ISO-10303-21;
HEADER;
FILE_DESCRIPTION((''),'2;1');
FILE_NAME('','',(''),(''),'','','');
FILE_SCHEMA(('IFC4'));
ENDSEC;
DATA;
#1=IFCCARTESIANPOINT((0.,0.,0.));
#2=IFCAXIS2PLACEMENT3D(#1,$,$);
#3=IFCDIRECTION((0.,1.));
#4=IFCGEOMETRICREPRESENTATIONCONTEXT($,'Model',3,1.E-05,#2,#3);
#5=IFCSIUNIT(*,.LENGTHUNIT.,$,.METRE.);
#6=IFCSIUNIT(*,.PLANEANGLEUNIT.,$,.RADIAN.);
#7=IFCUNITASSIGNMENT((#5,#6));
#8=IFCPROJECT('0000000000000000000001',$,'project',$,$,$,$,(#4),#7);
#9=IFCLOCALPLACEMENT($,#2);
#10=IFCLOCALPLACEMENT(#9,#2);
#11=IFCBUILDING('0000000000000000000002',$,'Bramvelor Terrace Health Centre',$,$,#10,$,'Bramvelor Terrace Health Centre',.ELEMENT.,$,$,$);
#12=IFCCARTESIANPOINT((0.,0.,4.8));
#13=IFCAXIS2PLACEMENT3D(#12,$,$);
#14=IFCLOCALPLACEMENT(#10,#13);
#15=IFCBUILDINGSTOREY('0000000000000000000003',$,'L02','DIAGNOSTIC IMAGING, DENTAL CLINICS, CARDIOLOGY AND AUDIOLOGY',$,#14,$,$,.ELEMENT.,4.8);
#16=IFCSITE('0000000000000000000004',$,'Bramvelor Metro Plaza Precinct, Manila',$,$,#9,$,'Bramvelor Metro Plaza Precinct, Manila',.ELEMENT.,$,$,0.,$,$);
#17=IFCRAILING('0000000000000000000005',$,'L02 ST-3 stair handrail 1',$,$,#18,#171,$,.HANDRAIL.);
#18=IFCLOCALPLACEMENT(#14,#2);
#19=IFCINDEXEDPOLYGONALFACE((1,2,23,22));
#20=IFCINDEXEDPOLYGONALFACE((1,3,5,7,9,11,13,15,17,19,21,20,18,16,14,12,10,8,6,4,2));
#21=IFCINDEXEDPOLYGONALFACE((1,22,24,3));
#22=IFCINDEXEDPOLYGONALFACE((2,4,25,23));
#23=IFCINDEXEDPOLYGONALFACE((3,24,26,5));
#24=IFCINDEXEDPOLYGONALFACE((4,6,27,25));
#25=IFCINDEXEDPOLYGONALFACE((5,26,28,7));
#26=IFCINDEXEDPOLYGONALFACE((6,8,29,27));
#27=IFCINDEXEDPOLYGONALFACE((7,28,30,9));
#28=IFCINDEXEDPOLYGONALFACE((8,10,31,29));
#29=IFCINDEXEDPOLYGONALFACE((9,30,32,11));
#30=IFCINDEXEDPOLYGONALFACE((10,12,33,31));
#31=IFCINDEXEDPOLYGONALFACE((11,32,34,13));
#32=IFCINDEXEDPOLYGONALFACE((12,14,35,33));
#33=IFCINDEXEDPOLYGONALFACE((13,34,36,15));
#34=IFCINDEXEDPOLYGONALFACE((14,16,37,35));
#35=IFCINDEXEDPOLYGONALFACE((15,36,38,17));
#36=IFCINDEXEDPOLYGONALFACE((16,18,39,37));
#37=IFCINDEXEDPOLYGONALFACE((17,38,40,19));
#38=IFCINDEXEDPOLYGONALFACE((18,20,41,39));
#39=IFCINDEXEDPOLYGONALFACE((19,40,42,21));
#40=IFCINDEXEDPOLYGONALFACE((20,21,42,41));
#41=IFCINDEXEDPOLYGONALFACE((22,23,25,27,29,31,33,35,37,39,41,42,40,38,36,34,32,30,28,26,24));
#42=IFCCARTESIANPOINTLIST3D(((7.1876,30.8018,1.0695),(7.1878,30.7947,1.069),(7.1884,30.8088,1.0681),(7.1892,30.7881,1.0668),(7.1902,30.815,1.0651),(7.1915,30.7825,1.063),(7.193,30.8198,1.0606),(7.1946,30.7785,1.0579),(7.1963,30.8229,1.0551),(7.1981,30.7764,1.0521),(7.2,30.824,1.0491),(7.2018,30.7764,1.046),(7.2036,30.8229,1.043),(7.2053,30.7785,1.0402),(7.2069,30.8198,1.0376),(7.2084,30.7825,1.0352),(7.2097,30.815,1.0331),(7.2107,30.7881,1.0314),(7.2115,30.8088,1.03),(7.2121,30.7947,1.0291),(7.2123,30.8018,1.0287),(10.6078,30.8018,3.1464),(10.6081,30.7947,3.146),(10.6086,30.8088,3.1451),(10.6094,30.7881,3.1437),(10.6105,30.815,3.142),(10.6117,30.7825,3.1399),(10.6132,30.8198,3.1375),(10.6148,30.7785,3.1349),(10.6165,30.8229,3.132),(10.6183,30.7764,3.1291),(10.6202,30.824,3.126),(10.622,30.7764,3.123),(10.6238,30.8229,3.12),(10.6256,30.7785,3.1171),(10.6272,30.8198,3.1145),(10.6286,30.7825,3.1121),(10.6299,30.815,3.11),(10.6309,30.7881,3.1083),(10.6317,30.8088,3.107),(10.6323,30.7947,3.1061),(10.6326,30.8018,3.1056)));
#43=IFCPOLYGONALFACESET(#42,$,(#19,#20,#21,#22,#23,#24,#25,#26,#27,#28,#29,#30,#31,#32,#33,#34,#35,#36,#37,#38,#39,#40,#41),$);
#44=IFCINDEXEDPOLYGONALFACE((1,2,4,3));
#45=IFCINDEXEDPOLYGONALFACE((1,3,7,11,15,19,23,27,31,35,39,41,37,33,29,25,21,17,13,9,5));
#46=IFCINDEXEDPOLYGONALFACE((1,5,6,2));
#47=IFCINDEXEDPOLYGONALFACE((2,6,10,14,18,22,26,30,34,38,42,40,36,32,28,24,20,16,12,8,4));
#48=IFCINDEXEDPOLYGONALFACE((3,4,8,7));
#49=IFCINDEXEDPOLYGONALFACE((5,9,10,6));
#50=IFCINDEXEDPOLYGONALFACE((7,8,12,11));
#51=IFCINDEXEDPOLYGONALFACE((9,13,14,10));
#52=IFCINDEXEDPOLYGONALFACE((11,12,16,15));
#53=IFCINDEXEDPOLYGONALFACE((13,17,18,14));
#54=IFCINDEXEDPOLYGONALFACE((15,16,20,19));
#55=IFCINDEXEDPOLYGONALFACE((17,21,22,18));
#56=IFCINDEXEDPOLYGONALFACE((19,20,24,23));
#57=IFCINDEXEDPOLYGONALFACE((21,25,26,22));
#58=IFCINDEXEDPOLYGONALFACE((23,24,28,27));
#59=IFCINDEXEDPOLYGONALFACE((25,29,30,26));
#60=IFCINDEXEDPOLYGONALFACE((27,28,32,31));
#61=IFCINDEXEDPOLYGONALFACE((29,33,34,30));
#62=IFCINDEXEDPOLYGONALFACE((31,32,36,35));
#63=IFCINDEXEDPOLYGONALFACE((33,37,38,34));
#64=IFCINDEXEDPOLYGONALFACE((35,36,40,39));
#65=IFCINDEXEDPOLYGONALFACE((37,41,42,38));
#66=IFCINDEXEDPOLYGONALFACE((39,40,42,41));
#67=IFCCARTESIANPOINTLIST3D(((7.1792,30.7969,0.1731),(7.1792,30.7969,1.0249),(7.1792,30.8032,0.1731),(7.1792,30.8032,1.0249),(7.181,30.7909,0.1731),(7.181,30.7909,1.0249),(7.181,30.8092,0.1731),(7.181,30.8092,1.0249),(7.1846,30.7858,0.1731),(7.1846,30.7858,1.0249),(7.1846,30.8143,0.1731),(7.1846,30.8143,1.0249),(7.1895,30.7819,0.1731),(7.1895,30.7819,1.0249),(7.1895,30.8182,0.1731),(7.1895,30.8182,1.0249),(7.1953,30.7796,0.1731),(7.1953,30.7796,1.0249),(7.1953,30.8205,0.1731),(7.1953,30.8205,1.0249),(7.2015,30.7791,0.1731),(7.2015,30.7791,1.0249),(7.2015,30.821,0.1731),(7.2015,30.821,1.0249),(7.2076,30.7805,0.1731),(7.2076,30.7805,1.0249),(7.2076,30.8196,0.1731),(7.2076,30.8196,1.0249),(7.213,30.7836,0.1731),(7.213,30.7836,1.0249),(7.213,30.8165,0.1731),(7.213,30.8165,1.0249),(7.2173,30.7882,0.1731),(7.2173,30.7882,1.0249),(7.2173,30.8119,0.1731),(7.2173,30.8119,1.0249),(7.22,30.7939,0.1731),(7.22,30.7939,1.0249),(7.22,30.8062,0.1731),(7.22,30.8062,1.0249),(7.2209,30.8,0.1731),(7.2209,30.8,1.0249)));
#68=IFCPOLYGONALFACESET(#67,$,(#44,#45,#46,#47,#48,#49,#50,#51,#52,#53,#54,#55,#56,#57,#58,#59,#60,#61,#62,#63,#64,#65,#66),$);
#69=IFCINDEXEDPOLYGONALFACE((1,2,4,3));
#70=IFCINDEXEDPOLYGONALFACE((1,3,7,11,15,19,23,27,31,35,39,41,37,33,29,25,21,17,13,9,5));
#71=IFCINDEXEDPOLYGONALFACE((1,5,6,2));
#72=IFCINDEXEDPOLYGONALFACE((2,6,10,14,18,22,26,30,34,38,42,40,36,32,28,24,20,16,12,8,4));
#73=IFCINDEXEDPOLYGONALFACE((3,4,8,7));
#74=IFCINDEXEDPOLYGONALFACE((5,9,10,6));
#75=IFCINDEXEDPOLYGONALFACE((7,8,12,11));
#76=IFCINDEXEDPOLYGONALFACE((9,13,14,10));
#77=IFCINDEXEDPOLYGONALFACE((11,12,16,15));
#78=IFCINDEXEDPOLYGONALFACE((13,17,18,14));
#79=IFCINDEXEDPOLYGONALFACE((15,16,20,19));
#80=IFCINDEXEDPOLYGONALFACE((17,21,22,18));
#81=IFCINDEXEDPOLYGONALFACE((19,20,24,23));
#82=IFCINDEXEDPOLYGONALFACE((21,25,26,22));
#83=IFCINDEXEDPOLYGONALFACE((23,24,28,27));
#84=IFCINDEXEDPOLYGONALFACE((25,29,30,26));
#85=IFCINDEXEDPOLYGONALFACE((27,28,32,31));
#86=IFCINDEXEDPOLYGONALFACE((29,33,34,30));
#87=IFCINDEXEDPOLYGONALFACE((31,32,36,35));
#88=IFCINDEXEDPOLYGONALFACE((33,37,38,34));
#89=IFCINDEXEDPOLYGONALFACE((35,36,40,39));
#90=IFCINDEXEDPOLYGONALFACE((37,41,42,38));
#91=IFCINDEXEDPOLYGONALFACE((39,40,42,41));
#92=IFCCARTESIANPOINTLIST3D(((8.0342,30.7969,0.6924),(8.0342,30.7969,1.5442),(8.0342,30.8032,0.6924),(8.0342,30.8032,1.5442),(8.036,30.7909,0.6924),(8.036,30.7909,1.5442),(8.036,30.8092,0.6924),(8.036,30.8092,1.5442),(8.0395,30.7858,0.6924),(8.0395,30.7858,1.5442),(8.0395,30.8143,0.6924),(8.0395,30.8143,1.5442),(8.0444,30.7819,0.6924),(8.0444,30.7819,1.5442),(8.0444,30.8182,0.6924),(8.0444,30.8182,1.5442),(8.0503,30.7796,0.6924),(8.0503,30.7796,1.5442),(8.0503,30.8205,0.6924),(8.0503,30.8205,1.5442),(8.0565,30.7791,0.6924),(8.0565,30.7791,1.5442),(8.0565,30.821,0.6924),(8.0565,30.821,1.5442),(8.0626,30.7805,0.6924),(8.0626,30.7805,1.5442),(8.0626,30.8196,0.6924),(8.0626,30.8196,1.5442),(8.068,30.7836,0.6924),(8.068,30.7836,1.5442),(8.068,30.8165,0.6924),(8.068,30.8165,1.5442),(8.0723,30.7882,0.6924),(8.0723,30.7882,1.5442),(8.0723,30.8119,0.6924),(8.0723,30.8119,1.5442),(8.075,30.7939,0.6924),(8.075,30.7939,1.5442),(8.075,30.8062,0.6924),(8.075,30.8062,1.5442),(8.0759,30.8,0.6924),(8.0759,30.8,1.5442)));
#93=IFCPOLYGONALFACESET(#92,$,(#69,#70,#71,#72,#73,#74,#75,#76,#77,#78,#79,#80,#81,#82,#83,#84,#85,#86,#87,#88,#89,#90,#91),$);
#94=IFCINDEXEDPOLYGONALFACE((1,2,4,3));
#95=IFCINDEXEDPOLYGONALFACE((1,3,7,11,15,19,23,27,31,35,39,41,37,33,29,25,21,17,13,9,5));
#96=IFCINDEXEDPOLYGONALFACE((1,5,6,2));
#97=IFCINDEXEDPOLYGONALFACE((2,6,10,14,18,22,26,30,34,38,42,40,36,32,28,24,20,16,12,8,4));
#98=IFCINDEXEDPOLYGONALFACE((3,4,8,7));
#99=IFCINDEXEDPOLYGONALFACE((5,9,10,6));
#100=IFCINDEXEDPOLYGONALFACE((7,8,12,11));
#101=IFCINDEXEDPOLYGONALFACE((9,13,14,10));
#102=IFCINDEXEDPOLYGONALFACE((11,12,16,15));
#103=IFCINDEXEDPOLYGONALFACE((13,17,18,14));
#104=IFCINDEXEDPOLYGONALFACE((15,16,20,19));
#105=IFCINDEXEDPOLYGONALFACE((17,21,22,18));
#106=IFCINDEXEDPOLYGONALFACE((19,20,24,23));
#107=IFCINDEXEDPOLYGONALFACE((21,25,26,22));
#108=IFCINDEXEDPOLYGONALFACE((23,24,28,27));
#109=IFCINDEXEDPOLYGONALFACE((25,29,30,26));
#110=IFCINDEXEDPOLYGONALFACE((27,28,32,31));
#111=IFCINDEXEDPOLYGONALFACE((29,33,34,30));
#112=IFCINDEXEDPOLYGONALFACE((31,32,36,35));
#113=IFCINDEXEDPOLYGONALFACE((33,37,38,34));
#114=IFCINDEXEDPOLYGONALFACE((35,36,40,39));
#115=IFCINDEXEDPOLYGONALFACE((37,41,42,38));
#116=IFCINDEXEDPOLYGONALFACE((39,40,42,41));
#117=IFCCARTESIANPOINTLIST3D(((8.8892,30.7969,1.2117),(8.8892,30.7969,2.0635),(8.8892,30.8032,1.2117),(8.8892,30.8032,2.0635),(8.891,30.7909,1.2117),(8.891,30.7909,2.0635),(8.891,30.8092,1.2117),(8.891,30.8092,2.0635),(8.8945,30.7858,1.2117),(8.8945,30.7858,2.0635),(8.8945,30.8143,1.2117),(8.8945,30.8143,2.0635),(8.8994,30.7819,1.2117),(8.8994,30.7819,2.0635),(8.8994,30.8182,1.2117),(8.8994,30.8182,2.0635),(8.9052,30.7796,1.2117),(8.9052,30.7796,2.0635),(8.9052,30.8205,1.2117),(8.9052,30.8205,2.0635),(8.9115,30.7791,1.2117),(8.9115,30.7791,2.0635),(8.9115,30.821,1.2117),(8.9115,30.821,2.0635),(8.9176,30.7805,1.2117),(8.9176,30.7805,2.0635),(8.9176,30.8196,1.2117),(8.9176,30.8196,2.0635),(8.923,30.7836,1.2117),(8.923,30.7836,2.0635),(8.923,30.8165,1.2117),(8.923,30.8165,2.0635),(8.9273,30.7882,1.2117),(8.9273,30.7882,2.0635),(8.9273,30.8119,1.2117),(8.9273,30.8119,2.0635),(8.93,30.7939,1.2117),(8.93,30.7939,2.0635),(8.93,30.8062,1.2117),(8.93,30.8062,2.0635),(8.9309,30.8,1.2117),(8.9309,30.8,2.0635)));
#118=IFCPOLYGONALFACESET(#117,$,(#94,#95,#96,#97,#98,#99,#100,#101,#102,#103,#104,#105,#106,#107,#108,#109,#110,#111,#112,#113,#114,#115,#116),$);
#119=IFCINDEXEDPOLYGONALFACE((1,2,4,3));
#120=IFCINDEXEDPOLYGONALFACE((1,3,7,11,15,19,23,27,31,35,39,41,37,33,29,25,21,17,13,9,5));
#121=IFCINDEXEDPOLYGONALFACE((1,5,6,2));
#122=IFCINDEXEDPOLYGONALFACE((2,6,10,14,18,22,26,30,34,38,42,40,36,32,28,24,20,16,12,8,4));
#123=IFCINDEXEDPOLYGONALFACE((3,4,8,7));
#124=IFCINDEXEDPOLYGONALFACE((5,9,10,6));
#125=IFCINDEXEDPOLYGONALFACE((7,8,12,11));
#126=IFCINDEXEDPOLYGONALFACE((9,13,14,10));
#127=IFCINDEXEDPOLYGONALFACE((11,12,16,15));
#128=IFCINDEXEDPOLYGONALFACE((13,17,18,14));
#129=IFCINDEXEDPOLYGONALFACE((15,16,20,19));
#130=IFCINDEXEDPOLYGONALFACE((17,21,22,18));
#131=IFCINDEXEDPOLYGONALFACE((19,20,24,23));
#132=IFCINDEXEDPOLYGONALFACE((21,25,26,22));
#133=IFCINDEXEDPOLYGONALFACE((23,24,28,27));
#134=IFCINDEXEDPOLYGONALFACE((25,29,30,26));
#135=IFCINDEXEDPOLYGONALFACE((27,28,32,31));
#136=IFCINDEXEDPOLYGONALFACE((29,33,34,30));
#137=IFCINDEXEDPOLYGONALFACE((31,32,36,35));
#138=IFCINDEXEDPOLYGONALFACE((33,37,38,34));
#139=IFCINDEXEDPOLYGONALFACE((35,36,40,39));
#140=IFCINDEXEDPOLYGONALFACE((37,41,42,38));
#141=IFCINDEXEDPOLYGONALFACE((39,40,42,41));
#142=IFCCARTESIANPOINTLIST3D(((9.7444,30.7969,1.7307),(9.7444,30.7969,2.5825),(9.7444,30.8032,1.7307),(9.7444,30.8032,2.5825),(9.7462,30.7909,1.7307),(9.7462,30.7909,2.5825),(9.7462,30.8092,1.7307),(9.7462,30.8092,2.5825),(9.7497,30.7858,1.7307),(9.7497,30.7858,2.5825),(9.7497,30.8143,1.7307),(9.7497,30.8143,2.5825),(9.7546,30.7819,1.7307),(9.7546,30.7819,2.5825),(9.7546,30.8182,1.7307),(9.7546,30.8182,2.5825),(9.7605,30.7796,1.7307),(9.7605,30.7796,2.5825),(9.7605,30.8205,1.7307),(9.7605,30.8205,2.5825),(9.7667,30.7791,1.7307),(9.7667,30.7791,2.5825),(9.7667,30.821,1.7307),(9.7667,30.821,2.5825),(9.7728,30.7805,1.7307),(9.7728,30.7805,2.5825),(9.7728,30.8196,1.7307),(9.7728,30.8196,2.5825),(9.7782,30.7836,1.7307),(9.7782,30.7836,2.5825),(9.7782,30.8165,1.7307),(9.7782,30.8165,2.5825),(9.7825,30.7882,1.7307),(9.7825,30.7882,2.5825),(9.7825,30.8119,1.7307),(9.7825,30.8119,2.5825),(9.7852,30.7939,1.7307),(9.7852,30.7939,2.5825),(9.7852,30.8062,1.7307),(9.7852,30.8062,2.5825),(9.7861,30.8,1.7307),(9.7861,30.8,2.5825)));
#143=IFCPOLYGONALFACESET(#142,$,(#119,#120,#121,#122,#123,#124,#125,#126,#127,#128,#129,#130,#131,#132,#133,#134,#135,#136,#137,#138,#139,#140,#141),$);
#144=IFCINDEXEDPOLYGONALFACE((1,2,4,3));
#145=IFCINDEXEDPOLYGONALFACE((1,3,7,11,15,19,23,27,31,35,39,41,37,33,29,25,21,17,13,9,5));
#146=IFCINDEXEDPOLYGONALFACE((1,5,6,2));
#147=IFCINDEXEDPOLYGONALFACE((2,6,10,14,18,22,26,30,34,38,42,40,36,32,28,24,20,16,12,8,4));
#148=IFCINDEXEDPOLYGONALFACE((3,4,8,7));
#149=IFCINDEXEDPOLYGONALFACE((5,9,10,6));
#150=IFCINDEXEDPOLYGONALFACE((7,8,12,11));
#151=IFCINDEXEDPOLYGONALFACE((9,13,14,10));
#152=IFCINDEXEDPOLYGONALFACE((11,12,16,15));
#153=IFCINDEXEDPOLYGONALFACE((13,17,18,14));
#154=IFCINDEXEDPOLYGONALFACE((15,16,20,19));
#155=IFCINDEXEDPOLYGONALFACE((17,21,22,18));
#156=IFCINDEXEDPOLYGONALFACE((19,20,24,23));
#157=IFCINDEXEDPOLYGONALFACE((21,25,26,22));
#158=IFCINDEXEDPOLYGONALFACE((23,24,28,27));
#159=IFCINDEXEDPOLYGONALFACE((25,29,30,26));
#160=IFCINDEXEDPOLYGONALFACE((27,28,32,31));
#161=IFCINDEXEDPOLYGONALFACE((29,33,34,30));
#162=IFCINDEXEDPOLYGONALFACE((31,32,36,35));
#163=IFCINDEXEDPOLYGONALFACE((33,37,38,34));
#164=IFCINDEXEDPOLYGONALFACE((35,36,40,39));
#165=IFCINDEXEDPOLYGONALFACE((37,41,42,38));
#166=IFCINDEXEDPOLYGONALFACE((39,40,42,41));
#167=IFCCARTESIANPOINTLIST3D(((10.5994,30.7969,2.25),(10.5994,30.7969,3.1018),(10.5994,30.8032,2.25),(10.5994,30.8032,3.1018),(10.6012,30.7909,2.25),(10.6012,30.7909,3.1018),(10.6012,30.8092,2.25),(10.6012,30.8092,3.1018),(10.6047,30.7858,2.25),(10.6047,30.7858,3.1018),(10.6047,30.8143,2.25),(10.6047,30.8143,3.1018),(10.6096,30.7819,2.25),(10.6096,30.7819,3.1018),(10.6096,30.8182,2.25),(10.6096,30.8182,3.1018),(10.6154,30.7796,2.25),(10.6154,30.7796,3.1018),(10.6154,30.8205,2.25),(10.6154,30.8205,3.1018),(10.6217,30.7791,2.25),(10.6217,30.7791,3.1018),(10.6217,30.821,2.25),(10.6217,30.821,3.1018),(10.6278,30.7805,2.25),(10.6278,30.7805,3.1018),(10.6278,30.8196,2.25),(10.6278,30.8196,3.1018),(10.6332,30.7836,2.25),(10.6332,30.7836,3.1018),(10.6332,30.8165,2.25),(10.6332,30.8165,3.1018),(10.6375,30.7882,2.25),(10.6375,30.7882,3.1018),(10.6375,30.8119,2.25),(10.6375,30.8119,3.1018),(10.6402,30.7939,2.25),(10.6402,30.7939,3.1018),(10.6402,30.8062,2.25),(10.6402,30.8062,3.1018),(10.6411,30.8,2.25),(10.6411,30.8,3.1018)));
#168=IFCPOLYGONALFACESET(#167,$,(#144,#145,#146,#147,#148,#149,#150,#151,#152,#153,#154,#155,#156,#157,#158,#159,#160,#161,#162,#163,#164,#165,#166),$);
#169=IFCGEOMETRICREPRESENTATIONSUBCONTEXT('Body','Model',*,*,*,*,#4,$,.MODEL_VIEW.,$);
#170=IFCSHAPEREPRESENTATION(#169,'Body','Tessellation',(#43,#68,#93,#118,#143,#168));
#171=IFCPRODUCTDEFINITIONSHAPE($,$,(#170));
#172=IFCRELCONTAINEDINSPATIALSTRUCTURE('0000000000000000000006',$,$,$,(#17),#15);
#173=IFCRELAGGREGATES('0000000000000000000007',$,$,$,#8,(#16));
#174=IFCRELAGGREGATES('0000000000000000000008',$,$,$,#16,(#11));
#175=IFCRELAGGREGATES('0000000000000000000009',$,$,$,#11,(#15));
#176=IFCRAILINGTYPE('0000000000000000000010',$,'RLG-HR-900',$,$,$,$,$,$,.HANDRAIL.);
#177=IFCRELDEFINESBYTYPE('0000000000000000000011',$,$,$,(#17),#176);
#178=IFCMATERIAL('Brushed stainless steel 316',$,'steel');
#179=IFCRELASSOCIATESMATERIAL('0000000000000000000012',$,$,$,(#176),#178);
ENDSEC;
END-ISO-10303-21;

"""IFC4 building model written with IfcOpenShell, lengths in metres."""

from ifc_helpers import new_model, si_unit, direction, frame, origin, origin_2d, place, context, subcontext, project, spatial, circle, extrude, material, type_object, element, save


model = new_model("IFC4")

# Units and contexts
model_context = context("Model", 3, precision=1e-05, world=origin(), true_north=direction((0.0, 1.0)))
body_context = subcontext(model_context, "Body", "Model", "MODEL_VIEW")
ifc_project = project(units=[si_unit("LENGTHUNIT", "METRE"), si_unit("PLANEANGLEUNIT", "RADIAN")], contexts=[model_context])

# Site, building, storey
site_placement = place(None, origin())
site = spatial("IfcSite", under=ifc_project, at=site_placement, Name="Bramvelor Metro Plaza Precinct, Manila", LongName="Bramvelor Metro Plaza Precinct, Manila", CompositionType="ELEMENT", RefElevation=0.0)
building_placement = place(site_placement, origin())
building = spatial("IfcBuilding", under=site, at=building_placement, Name="Bramvelor Terrace Health Centre", LongName="Bramvelor Terrace Health Centre", CompositionType="ELEMENT")
storey_placement = place(building_placement, frame((0.0, 0.0, 4.8)))
storey = spatial("IfcBuildingStorey", under=building, at=storey_placement, Name="L02", Description="DIAGNOSTIC IMAGING, DENTAL CLINICS, CARDIOLOGY AND AUDIOLOGY", CompositionType="ELEMENT", Elevation=4.8)

# Railing
ifc_material_1 = material(Name="Brushed stainless steel 316", Category="steel")
railing_type_1 = type_object("IfcRailingType", Name="RLG-HR-900", PredefinedType="HANDRAIL", material=ifc_material_1)
railing_1_placement = place(storey_placement, frame((7.2, 30.8, 0.1731)))
element("IfcRailing", 1, at=railing_1_placement, inside=storey, type_object=railing_type_1, Name="L02 ST-3 stair handrail 1", PredefinedType="HANDRAIL", context=body_context, shape_type="SweptSolid", body=[
    extrude(circle(Radius=0.0239, at=origin_2d()), frame((0.0, 0.0, 0.876), z_axis=(0.854746, 0.0, 0.519047), x_axis=(0.0, 1.0, 0.0)), (0.0, 0.0, 1.0), 4.0015),
    extrude(circle(Radius=0.021, at=origin_2d()), origin(), (0.0, 0.0, 1.0), 0.8518),
    extrude(circle(Radius=0.021, at=origin_2d()), frame((0.855, 0.0, 0.5193)), (0.0, 0.0, 1.0), 0.8518),
    extrude(circle(Radius=0.021, at=origin_2d()), frame((1.71, 0.0, 1.0386)), (0.0, 0.0, 1.0), 0.8518),
    extrude(circle(Radius=0.021, at=origin_2d()), frame((2.5652, 0.0, 1.5576)), (0.0, 0.0, 1.0), 0.8518),
    extrude(circle(Radius=0.021, at=origin_2d()), frame((3.4202, 0.0, 2.0769)), (0.0, 0.0, 1.0), 0.8518),
])

save(model, "model.ifc")
